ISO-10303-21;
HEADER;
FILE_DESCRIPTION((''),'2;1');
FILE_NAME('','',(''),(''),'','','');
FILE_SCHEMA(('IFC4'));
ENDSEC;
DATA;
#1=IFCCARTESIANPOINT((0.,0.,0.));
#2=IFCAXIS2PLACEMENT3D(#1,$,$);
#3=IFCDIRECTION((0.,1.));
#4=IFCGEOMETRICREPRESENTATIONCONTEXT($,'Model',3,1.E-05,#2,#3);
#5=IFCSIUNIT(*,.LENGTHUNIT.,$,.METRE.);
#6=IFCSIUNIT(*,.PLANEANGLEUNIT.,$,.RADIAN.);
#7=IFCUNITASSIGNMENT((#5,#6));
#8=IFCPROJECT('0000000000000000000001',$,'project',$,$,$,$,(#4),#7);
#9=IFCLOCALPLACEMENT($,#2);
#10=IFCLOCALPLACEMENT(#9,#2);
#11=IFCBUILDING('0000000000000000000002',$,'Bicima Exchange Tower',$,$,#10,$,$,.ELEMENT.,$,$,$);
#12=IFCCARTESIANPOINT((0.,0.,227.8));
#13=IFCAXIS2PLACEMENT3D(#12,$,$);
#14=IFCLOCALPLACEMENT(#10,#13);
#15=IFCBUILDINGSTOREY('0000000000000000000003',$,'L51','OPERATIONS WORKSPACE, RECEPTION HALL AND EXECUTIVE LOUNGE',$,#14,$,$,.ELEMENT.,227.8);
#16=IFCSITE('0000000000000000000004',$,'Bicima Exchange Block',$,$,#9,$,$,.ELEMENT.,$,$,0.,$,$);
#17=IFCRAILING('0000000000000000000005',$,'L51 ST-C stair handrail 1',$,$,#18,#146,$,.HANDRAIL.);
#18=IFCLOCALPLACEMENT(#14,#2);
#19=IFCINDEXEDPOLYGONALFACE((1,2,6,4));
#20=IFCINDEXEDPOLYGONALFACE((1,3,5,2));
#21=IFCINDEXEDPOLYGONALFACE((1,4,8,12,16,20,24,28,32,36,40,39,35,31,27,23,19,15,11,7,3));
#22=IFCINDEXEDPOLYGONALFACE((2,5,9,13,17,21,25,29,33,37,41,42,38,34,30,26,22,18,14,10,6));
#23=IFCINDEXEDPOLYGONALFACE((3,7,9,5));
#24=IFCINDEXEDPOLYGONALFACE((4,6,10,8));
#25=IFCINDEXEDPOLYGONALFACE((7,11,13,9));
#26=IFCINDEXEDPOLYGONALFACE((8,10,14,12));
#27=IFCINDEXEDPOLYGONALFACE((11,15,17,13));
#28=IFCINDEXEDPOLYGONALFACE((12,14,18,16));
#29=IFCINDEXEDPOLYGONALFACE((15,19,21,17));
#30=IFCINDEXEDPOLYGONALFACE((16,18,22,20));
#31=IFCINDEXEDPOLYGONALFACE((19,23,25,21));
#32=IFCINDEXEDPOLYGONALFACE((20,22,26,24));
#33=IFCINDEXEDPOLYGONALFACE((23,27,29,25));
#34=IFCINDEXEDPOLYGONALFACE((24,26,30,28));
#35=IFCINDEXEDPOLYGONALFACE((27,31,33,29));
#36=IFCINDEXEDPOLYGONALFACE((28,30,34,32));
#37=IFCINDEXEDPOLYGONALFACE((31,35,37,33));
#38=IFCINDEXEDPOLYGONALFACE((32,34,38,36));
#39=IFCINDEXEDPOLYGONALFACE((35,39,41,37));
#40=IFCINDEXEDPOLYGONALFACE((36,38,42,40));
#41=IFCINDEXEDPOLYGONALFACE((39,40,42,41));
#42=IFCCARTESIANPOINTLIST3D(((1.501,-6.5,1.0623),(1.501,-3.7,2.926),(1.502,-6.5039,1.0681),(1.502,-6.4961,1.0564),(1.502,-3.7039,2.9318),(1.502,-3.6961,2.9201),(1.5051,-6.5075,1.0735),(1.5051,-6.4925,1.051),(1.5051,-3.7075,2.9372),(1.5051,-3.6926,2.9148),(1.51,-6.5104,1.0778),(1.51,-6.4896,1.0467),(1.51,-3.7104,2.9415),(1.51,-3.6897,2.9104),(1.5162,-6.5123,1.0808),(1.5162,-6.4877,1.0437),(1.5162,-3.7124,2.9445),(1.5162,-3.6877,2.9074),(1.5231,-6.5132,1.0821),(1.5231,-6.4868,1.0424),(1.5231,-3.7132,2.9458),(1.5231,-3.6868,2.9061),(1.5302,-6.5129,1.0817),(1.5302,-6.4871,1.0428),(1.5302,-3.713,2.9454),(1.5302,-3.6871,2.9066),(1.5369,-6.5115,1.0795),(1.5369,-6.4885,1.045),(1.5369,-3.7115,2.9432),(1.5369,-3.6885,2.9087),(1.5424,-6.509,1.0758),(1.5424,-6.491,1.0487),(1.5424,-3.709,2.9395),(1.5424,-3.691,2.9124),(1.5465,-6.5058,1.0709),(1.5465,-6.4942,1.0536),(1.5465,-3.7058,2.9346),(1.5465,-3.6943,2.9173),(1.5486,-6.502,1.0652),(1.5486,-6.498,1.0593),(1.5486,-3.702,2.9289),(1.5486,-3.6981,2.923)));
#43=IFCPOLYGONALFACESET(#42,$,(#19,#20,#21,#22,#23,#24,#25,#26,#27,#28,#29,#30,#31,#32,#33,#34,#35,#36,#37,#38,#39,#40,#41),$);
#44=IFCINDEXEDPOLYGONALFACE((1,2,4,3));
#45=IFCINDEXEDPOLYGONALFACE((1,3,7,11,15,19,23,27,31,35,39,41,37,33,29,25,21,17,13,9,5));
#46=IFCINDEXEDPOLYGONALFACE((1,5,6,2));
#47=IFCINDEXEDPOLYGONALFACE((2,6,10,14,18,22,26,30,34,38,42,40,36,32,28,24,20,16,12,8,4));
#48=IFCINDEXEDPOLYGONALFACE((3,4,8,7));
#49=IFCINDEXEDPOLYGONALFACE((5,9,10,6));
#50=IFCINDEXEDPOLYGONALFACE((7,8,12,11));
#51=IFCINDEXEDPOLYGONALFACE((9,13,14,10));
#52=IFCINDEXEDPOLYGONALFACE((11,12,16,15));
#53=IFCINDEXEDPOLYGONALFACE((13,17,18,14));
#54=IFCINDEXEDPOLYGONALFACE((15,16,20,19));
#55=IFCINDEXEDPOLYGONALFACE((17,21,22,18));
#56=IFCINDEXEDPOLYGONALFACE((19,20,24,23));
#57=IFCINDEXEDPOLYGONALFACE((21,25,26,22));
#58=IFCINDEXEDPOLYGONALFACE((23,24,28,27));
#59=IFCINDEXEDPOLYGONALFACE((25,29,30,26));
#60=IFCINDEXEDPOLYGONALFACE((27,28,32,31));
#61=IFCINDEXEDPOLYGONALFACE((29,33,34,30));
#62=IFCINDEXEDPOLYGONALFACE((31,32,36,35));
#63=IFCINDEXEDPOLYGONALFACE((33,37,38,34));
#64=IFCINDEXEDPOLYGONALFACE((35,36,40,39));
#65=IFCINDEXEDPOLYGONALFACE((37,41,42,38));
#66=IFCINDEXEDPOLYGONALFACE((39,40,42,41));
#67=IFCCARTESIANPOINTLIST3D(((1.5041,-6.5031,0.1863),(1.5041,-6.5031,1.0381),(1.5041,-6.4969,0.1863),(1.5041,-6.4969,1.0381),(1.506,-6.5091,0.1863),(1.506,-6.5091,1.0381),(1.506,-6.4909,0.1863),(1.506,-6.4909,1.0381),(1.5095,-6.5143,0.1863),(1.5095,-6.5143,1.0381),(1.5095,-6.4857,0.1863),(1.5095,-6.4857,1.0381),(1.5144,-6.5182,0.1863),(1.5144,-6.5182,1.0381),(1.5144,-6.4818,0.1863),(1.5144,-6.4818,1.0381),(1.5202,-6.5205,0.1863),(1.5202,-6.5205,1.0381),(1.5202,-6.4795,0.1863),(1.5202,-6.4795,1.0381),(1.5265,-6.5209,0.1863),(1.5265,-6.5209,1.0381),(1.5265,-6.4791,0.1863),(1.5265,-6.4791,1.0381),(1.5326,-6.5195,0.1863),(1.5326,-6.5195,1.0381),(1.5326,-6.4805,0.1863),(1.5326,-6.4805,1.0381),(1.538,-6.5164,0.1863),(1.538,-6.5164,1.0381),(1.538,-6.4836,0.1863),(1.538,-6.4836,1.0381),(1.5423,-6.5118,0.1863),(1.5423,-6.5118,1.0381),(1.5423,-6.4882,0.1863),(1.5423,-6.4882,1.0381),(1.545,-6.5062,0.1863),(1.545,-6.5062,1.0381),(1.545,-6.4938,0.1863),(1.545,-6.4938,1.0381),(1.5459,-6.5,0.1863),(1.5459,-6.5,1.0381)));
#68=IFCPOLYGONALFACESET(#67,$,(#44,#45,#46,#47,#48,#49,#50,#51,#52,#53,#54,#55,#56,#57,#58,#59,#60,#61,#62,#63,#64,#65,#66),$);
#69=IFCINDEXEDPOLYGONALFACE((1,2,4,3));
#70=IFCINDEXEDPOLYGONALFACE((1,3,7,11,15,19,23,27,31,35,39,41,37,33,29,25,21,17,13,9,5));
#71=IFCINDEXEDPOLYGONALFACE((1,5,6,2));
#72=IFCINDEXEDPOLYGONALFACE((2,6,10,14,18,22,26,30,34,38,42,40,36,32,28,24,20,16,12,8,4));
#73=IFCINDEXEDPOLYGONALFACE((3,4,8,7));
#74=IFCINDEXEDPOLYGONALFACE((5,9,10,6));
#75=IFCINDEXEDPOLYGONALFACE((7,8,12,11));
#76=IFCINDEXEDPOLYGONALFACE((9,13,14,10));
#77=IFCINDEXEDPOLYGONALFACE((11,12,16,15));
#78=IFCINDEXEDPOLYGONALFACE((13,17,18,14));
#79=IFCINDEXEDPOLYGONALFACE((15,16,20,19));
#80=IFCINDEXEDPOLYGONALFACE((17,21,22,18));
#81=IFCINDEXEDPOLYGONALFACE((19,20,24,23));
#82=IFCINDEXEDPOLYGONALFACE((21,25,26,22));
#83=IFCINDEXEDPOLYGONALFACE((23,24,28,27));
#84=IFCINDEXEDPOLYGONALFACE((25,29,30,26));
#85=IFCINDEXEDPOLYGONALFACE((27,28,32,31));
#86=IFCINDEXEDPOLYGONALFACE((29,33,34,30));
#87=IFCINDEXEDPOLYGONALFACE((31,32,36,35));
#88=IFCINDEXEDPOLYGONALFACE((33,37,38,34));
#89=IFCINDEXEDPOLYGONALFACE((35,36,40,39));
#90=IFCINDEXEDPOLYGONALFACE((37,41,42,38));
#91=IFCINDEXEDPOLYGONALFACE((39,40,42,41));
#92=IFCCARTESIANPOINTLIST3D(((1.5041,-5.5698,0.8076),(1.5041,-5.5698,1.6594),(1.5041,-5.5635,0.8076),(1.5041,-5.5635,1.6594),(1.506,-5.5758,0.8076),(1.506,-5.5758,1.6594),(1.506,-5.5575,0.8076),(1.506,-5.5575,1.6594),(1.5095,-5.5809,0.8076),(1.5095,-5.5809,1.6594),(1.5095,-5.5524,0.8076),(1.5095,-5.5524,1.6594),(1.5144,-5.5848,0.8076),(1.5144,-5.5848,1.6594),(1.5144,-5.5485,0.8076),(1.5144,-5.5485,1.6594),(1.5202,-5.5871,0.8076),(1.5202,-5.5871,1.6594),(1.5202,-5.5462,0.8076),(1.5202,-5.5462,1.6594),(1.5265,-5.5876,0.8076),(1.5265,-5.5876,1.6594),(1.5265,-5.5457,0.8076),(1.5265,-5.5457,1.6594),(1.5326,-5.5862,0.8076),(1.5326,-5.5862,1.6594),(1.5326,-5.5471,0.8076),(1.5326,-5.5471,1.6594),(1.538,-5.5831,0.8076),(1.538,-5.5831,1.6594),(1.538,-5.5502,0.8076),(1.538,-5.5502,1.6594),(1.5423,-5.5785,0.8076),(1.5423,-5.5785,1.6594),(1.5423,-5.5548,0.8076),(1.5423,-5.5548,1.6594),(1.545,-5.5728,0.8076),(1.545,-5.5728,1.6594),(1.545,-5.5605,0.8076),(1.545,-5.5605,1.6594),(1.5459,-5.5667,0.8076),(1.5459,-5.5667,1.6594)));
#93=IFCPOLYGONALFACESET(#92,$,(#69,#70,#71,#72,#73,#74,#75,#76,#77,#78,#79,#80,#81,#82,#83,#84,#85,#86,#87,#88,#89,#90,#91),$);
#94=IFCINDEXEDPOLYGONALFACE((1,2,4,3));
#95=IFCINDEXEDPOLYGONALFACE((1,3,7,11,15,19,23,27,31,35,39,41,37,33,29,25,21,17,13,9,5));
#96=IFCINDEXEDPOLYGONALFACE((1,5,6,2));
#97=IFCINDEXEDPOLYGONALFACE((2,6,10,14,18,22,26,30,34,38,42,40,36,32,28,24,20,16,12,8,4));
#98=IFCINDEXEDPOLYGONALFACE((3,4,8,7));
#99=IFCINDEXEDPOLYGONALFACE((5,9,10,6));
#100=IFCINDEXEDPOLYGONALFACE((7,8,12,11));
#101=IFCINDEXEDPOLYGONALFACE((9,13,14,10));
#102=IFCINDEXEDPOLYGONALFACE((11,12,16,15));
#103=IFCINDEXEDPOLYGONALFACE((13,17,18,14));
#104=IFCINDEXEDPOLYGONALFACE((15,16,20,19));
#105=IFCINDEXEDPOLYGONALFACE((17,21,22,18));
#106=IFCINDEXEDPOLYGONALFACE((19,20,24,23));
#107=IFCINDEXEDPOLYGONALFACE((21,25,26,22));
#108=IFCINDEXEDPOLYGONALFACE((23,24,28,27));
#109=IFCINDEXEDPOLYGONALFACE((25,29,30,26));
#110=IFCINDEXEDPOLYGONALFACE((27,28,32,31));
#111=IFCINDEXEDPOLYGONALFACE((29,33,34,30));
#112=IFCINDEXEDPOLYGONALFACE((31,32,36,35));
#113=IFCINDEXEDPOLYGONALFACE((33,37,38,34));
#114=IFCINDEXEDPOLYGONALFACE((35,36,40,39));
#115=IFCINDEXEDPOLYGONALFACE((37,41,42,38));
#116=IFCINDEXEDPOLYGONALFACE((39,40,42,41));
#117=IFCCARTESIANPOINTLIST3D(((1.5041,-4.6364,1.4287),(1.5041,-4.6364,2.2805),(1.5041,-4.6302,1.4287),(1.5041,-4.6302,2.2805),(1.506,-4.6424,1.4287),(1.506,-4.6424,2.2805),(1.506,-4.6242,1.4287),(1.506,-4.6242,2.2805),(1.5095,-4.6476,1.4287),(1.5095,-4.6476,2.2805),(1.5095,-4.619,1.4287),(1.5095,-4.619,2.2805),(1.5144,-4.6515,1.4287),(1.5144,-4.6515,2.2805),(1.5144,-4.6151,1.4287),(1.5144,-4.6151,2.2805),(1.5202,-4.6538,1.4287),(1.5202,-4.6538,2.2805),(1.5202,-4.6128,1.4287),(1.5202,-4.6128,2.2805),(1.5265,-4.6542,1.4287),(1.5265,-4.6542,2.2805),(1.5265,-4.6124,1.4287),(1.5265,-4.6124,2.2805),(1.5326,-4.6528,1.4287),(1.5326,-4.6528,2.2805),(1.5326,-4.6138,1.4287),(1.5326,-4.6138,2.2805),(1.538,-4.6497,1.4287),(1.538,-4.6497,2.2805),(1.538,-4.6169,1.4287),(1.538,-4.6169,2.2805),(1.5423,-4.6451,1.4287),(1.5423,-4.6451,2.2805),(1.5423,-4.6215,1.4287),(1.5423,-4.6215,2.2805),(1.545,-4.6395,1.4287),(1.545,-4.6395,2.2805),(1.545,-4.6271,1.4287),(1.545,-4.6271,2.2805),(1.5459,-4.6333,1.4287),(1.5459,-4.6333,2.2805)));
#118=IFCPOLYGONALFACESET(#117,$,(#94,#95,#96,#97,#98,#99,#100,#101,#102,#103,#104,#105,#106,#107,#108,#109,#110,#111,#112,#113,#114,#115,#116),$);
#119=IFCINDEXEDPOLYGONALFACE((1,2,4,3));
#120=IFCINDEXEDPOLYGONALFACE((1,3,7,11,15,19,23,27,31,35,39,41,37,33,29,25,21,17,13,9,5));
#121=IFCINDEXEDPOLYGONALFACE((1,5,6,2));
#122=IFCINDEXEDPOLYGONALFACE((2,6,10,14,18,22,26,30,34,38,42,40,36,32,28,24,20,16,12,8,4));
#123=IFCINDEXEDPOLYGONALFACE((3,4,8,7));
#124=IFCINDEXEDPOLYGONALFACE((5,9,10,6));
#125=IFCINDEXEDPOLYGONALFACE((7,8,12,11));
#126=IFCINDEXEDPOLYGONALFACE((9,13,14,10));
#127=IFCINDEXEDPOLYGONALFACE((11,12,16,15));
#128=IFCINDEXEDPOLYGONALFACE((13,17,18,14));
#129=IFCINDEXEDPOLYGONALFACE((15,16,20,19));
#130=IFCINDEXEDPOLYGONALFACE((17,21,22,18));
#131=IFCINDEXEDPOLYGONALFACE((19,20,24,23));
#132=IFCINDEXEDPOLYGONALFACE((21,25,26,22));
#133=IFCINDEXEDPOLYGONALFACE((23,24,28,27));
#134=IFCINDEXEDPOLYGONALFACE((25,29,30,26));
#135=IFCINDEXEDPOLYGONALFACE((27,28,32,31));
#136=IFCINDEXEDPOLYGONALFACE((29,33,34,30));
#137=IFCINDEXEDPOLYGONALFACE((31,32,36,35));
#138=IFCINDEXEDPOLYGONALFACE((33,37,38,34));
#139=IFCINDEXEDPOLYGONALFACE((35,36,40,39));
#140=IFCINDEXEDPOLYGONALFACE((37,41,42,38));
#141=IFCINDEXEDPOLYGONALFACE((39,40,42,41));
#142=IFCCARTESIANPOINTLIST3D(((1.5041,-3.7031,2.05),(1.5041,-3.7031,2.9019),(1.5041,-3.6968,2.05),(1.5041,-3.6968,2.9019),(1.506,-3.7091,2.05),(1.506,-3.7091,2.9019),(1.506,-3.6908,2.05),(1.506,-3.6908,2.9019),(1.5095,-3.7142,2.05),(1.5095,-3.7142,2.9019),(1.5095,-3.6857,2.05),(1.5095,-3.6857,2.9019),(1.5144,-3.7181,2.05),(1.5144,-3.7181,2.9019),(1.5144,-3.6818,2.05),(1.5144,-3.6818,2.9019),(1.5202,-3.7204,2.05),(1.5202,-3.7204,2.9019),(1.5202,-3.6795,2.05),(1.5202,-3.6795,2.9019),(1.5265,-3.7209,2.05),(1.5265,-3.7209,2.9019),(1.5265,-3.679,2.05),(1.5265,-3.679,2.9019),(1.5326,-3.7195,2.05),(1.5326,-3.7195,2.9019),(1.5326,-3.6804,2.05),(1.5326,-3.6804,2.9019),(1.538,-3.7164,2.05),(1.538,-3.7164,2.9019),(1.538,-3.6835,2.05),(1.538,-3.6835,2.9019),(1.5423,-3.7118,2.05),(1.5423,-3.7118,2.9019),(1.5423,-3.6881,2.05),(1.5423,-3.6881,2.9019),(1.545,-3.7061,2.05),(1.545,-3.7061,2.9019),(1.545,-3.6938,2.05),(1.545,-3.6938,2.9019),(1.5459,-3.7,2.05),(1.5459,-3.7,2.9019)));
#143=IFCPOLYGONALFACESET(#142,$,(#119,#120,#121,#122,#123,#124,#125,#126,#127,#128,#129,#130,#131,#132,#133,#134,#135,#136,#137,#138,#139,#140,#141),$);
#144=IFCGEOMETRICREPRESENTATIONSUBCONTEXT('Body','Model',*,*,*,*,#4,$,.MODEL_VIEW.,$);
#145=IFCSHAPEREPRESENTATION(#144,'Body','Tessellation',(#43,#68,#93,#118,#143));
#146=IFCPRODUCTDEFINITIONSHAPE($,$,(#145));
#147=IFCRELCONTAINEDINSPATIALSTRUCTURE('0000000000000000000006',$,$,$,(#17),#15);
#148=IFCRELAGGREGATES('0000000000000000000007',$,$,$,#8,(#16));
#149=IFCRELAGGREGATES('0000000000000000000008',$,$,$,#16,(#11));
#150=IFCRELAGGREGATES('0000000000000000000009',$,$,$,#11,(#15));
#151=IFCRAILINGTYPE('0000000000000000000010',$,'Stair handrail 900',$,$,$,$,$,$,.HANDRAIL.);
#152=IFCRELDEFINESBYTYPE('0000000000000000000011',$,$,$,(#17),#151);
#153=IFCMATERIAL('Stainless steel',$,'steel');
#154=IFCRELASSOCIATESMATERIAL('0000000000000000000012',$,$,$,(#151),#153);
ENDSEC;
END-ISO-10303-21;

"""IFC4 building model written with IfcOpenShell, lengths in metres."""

from ifc_helpers import new_model, si_unit, direction, frame, origin, origin_2d, place, context, subcontext, project, spatial, circle, extrude, material, type_object, element, save


model = new_model("IFC4")

# Units and contexts
model_context = context("Model", 3, precision=1e-05, world=origin(), true_north=direction((0.0, 1.0)))
body_context = subcontext(model_context, "Body", "Model", "MODEL_VIEW")
ifc_project = project(units=[si_unit("LENGTHUNIT", "METRE"), si_unit("PLANEANGLEUNIT", "RADIAN")], contexts=[model_context])

# Site, building, storey
site_placement = place(None, origin())
site = spatial("IfcSite", under=ifc_project, at=site_placement, Name="Bicima Exchange Block", CompositionType="ELEMENT", RefElevation=0.0)
building_placement = place(site_placement, origin())
building = spatial("IfcBuilding", under=site, at=building_placement, Name="Bicima Exchange Tower", CompositionType="ELEMENT")
storey_placement = place(building_placement, frame((0.0, 0.0, 227.8)))
storey = spatial("IfcBuildingStorey", under=building, at=storey_placement, Name="L51", Description="OPERATIONS WORKSPACE, RECEPTION HALL AND EXECUTIVE LOUNGE", CompositionType="ELEMENT", Elevation=227.8)

# Shared definitions
ifc_material_1 = material(Name="Stainless steel", Category="steel")

# Railing
railing_type_1 = type_object("IfcRailingType", Name="Stair handrail 900", PredefinedType="HANDRAIL", material=ifc_material_1)
railing_1_placement = place(storey_placement, frame((1.5249, -6.5, 0.1863)))
element("IfcRailing", 1, at=railing_1_placement, inside=storey, type_object=railing_type_1, Name="L51 ST-C stair handrail 1", PredefinedType="HANDRAIL", context=body_context, shape_type="SweptSolid", body=[
    extrude(circle(Radius=0.0239, at=origin_2d()), frame((0.0, 0.0, 0.876), z_axis=(0.0, 0.832452, 0.554097), x_axis=(-1.0, 0.0, 0.0)), (0.0, 0.0, 1.0), 3.3635),
    extrude(circle(Radius=0.021, at=origin_2d()), origin(), (0.0, 0.0, 1.0), 0.8518),
    extrude(circle(Radius=0.021, at=origin_2d()), frame((0.0, 0.9333, 0.6213)), (0.0, 0.0, 1.0), 0.8518),
    extrude(circle(Radius=0.021, at=origin_2d()), frame((0.0, 1.8667, 1.2424)), (0.0, 0.0, 1.0), 0.8518),
    extrude(circle(Radius=0.021, at=origin_2d()), frame((0.0, 2.8, 1.8638)), (0.0, 0.0, 1.0), 0.8518),
])

save(model, "model.ifc")
